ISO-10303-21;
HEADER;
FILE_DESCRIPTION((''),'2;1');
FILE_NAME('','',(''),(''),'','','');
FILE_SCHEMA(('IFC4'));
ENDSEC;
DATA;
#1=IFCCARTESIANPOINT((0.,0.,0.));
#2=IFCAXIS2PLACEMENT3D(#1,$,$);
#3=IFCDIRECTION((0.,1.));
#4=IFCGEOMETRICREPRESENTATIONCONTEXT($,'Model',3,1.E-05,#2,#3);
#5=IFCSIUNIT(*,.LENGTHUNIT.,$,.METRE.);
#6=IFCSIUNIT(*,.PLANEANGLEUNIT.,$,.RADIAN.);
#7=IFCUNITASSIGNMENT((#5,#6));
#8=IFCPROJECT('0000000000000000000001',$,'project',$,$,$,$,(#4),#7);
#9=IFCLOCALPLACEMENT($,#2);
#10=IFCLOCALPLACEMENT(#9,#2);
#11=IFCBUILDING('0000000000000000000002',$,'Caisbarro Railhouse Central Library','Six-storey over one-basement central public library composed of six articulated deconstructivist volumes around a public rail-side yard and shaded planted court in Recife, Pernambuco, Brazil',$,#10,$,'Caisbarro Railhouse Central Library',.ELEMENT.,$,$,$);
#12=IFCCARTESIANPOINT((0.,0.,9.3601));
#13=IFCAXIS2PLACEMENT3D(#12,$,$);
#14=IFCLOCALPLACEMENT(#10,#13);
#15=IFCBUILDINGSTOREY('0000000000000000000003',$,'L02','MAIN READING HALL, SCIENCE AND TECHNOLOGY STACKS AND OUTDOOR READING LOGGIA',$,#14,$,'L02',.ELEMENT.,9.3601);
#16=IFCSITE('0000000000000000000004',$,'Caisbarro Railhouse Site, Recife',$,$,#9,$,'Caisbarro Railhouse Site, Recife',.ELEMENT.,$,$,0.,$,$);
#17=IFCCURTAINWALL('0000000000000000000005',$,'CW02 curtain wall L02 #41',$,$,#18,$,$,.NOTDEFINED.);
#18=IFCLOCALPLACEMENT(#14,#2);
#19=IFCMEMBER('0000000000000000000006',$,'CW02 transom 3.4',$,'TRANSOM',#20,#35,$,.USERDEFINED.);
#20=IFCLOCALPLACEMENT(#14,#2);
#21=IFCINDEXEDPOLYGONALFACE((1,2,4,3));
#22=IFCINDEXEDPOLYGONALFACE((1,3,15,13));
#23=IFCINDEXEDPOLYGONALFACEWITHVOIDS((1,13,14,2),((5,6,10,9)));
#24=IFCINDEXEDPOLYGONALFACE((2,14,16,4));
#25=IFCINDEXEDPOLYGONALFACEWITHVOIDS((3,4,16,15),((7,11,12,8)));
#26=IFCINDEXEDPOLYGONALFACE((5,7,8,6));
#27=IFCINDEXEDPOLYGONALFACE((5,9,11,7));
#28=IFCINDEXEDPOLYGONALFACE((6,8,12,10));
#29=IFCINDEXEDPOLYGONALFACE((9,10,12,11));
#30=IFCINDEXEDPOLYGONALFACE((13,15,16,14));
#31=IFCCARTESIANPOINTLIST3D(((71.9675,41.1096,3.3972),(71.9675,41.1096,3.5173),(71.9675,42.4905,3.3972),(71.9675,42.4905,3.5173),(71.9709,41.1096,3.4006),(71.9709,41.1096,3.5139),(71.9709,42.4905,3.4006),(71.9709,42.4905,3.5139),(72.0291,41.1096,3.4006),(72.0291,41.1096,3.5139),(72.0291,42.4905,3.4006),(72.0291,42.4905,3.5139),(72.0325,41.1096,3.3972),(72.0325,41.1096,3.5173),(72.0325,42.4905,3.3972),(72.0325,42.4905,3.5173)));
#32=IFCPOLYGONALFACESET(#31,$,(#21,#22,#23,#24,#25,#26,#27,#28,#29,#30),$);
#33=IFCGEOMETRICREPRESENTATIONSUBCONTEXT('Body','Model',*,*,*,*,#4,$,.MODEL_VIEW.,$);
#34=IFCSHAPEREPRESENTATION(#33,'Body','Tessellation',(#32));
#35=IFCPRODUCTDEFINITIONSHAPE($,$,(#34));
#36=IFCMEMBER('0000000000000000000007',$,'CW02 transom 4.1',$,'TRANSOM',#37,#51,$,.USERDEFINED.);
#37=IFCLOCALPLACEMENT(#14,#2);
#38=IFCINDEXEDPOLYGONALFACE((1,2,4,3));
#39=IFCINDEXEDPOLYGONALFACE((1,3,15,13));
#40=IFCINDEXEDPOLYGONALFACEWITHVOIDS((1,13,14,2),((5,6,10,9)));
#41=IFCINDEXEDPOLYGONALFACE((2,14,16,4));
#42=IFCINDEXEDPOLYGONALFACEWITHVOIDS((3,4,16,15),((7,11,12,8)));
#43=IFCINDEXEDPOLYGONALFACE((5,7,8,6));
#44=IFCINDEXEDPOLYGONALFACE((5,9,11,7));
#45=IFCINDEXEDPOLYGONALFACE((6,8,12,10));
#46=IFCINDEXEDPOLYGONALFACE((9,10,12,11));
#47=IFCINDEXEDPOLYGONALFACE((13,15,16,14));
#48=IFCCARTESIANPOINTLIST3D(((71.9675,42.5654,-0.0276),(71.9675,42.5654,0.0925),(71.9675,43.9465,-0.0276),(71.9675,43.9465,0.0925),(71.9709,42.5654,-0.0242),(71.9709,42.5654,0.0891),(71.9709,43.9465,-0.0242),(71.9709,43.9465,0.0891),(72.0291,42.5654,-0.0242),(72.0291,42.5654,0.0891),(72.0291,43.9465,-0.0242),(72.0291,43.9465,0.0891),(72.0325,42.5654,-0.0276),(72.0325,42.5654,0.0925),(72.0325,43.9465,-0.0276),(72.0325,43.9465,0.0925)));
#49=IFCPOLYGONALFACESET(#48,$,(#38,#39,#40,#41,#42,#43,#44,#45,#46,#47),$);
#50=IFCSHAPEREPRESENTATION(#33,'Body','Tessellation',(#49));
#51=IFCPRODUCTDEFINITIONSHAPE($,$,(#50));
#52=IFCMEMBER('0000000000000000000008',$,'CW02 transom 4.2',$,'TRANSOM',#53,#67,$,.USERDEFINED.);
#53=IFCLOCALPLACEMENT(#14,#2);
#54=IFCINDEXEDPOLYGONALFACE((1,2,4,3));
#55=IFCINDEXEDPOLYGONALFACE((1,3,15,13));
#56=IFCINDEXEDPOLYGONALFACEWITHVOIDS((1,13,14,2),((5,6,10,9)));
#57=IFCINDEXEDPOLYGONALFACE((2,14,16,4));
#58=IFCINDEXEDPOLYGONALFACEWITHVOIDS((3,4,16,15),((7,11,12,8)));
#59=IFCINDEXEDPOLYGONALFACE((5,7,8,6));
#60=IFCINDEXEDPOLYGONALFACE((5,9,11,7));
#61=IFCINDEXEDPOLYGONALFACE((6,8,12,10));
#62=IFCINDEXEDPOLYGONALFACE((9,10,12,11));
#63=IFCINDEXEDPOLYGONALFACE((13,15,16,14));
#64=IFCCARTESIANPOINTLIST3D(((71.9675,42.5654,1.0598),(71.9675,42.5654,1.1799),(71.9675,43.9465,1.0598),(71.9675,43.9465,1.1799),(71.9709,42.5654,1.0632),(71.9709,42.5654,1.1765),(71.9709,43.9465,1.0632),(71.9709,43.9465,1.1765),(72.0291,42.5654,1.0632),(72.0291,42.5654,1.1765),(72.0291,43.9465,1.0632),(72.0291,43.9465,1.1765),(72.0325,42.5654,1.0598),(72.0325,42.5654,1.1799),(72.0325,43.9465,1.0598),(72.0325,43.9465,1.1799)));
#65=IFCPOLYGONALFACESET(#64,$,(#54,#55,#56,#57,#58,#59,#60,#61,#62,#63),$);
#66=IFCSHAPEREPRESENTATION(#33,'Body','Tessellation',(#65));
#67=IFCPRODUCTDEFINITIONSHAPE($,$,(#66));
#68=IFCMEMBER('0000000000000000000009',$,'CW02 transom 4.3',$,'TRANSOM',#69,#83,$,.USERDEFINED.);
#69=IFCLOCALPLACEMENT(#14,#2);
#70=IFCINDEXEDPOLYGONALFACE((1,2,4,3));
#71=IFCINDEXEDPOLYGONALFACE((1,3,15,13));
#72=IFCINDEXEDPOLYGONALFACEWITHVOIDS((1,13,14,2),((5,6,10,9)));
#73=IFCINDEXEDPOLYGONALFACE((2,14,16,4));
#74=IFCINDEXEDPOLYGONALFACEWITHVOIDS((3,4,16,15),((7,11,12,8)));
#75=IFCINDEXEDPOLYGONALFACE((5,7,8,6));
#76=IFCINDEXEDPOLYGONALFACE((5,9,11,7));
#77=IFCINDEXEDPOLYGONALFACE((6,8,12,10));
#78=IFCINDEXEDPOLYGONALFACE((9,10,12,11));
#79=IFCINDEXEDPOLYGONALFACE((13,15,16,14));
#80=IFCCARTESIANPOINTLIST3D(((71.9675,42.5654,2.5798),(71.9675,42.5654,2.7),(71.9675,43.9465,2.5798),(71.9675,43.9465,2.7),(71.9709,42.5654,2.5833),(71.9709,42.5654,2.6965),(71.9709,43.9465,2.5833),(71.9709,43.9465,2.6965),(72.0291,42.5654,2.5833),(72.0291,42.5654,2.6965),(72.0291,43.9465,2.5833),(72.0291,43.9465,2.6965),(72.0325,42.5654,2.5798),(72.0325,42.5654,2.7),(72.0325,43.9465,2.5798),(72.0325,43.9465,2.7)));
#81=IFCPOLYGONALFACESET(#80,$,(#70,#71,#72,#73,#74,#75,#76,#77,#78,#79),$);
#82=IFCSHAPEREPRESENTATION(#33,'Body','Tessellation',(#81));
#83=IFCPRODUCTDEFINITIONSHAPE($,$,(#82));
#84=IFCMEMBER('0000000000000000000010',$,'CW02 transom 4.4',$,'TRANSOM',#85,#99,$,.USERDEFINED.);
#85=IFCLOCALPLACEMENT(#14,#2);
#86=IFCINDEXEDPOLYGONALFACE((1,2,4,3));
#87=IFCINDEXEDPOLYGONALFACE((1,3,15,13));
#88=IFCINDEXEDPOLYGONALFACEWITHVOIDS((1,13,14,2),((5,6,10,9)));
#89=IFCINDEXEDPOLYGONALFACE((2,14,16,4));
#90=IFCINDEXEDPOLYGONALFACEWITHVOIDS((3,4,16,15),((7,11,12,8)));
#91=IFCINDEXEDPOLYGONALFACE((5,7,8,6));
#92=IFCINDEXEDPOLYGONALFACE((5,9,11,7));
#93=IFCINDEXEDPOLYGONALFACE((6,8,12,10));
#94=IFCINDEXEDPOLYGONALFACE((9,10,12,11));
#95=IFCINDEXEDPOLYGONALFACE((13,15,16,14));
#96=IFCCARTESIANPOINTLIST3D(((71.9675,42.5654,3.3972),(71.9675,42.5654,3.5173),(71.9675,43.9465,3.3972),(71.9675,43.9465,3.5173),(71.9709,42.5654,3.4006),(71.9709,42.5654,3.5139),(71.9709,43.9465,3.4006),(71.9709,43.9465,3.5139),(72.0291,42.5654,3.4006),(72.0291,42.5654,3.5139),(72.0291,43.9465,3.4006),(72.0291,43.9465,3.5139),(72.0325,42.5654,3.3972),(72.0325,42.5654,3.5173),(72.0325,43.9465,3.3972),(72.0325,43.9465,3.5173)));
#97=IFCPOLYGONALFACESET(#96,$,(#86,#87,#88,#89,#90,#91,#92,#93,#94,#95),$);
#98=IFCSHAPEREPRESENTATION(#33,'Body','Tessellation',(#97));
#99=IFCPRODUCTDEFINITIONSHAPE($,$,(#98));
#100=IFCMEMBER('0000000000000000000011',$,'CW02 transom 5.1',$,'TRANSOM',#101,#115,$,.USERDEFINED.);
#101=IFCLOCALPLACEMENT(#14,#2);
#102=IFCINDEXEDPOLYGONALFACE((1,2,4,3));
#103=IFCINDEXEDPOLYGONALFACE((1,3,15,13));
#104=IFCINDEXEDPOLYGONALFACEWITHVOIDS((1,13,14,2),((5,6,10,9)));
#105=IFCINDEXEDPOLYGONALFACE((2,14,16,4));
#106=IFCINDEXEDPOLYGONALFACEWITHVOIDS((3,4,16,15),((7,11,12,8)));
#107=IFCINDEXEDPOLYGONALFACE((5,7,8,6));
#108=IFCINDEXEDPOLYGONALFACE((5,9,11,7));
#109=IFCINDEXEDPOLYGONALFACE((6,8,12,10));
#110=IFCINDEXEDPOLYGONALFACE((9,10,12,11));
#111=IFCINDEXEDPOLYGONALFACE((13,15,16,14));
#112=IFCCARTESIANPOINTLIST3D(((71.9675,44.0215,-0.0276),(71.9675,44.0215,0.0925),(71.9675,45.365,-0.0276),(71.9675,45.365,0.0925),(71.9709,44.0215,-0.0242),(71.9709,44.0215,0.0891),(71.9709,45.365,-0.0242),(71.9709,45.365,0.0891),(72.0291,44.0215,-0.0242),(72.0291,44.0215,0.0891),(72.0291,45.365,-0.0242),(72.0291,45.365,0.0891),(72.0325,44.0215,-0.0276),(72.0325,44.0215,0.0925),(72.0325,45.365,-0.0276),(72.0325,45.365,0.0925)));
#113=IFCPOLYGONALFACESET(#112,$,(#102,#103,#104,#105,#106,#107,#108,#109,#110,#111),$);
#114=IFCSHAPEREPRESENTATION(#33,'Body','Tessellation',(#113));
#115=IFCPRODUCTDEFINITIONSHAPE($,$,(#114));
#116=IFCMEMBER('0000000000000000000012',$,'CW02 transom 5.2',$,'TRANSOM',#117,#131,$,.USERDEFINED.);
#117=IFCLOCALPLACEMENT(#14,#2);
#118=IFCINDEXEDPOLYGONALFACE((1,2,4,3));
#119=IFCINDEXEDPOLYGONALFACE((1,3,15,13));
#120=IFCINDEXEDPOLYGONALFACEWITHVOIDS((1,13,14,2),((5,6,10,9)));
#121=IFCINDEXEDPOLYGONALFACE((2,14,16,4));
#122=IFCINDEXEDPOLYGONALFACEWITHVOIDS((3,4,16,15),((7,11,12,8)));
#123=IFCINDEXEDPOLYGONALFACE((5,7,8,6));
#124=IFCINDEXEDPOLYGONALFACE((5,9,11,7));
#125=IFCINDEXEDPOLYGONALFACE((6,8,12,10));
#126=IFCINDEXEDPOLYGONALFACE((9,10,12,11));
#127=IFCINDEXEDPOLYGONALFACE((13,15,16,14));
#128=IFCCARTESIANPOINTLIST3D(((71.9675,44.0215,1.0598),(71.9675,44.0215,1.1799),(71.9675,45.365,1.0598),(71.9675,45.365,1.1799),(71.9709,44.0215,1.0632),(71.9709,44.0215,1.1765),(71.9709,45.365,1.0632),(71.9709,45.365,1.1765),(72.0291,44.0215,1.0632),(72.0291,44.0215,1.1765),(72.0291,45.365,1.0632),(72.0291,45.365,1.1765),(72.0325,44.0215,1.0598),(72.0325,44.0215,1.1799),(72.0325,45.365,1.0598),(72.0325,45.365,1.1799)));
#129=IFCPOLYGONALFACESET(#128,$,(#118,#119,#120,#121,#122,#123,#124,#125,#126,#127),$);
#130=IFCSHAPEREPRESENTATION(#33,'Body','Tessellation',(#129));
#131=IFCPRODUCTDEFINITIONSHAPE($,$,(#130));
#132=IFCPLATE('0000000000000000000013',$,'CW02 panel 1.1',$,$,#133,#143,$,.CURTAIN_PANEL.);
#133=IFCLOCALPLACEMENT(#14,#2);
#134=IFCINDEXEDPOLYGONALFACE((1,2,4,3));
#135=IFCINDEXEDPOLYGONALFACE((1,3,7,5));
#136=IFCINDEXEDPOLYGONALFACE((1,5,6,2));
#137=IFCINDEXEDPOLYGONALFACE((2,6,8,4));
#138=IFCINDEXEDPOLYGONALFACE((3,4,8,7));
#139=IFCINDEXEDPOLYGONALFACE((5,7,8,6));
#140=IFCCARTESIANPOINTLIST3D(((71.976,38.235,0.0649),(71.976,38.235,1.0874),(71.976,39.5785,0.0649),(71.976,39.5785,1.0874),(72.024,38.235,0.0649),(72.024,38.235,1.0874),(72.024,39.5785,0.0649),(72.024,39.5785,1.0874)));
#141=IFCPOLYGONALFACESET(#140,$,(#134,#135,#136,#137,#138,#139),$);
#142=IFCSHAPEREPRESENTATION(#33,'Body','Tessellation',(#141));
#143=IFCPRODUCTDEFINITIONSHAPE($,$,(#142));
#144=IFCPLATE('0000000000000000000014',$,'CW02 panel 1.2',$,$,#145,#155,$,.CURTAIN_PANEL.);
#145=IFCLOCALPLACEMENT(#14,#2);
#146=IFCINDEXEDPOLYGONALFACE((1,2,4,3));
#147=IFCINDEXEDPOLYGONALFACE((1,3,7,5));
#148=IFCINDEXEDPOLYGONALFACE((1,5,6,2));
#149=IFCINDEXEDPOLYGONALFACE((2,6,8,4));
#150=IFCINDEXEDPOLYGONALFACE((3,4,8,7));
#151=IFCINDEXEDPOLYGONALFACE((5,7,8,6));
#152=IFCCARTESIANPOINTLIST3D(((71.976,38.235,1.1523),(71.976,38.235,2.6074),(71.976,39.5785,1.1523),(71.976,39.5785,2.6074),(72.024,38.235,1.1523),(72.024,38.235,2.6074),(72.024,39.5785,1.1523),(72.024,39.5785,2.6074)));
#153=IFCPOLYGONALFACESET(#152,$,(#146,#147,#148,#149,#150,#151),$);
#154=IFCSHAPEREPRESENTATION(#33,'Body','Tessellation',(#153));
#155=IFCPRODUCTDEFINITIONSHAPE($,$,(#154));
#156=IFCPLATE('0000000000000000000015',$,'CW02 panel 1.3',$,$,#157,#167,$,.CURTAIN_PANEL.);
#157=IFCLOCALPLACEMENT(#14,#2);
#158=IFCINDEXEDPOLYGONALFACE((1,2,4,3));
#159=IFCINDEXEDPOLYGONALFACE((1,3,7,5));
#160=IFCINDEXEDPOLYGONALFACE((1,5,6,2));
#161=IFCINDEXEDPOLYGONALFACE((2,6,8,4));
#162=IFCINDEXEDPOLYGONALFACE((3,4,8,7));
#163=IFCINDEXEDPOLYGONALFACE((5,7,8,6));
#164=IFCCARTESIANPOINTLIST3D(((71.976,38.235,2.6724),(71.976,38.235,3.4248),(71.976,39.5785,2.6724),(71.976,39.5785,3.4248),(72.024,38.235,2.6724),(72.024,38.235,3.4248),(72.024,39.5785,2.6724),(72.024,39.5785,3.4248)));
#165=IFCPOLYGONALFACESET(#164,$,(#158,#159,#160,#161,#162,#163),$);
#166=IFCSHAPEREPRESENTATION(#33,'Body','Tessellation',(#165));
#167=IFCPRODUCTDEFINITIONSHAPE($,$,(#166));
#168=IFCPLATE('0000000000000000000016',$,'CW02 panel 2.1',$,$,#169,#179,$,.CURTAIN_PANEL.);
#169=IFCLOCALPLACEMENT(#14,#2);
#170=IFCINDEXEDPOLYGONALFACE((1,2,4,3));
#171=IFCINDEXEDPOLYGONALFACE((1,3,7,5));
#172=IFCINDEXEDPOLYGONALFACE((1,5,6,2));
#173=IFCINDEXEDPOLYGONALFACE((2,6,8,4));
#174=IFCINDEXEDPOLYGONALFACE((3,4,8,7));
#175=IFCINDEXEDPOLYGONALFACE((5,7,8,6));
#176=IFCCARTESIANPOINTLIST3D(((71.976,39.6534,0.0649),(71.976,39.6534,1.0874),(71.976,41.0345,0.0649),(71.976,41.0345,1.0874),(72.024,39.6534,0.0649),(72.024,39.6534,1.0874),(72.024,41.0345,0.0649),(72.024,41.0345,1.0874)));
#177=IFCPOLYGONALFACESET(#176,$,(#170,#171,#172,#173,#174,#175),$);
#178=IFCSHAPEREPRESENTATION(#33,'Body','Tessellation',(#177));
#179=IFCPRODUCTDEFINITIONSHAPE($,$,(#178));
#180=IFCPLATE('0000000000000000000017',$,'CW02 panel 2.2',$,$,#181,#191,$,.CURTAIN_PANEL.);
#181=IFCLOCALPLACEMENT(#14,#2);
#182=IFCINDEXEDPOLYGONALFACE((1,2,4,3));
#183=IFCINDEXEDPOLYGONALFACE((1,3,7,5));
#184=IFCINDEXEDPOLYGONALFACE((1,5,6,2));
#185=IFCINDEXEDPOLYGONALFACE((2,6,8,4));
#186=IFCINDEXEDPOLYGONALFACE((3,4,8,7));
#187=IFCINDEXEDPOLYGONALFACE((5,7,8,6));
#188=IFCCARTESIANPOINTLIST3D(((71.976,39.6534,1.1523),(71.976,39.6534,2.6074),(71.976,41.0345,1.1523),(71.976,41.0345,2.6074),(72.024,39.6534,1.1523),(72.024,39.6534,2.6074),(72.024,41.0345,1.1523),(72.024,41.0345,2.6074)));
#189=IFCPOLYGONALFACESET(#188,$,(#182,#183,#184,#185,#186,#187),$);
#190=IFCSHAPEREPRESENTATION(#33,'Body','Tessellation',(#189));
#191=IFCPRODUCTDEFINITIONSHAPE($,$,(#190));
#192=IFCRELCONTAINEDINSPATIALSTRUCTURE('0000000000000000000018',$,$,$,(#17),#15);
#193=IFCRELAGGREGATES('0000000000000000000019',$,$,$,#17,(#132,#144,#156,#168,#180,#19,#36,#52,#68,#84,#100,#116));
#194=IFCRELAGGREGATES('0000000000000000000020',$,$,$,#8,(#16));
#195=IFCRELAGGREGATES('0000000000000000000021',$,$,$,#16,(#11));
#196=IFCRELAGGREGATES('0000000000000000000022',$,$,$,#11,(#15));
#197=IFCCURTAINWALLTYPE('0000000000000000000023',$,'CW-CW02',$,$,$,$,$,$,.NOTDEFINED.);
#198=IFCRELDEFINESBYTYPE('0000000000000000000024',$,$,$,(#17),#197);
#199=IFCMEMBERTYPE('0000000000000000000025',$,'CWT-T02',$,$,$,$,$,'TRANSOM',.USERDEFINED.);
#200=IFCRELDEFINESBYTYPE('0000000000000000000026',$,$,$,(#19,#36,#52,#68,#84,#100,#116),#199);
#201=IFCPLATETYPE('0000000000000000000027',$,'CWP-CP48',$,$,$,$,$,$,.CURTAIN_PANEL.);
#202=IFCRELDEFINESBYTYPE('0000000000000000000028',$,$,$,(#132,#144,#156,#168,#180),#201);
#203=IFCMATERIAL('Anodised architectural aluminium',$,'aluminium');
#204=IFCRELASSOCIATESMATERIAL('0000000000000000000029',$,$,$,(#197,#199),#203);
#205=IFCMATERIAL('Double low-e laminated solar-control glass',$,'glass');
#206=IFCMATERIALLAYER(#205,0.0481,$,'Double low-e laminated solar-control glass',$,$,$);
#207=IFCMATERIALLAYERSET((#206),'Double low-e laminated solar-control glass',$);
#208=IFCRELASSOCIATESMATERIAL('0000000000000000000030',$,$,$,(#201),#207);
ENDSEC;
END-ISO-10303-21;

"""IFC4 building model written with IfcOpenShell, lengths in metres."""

from ifc_helpers import new_model, si_unit, direction, frame, origin, origin_2d, place, context, subcontext, project, spatial, rectangle, hollow_rectangle, extrude, material, layer, layer_set, material_profile, profile_set, type_object, element, aggregate, save


model = new_model("IFC4")

# Units and contexts
model_context = context("Model", 3, precision=1e-05, world=origin(), true_north=direction((0.0, 1.0)))
body_context = subcontext(model_context, "Body", "Model", "MODEL_VIEW")
ifc_project = project(units=[si_unit("LENGTHUNIT", "METRE"), si_unit("PLANEANGLEUNIT", "RADIAN")], contexts=[model_context])

# Site, building, storey
site_placement = place(None, origin())
site = spatial("IfcSite", under=ifc_project, at=site_placement, Name="Caisbarro Railhouse Site, Recife", LongName="Caisbarro Railhouse Site, Recife", CompositionType="ELEMENT", RefElevation=0.0)
building_placement = place(site_placement, origin())
building = spatial("IfcBuilding", under=site, at=building_placement, Name="Caisbarro Railhouse Central Library", Description="Six-storey over one-basement central public library composed of six articulated deconstructivist volumes around a public rail-side yard and shaded planted court in Recife, Pernambuco, Brazil", LongName="Caisbarro Railhouse Central Library", CompositionType="ELEMENT")
storey_placement = place(building_placement, frame((0.0, 0.0, 9.3601)))
storey = spatial("IfcBuildingStorey", under=building, at=storey_placement, Name="L02", Description="MAIN READING HALL, SCIENCE AND TECHNOLOGY STACKS AND OUTDOOR READING LOGGIA", LongName="L02", CompositionType="ELEMENT", Elevation=9.3601)

# Curtain wall, members, plates
ifc_material_1 = material(Name="Anodised architectural aluminium", Category="aluminium")
curtain_wall_type = type_object("IfcCurtainWallType", Name="CW-CW02", PredefinedType="NOTDEFINED", material=ifc_material_1)
curtain_wall_placement = place(storey_placement, origin())
curtain_wall = element("IfcCurtainWall", 1, at=curtain_wall_placement, inside=storey, type_object=curtain_wall_type, Name="CW02 curtain wall L02 #41", PredefinedType="NOTDEFINED")
ifc_material_profile_1 = material_profile(ifc_material_1, hollow_rectangle(XDim=0.0649, YDim=0.1201, WallThickness=0.0034, at=origin_2d()), Name="ALU-TRN-65X120")
ifc_profile_set_1 = profile_set([ifc_material_profile_1], Name="Anodised architectural aluminium")
member_type_1 = type_object("IfcMemberType", Name="CWT-T02", ElementType="TRANSOM", PredefinedType="USERDEFINED", material=ifc_profile_set_1)
member_1_placement = place(storey_placement, frame((72.0, 41.1096, 3.4573), z_axis=(0.0, 1.0, 0.0), x_axis=(-1.0, 0.0, 0.0)))
member_1 = element("IfcMember", 2, at=member_1_placement, type_object=member_type_1, Name="CW02 transom 3.4", ObjectType="TRANSOM", PredefinedType="USERDEFINED", context=body_context, shape_type="SweptSolid", body=[
    extrude(hollow_rectangle(XDim=0.0649, YDim=0.1201, WallThickness=0.0034, at=origin_2d()), origin(), (0.0, 0.0, 1.0), 1.3809),
])
member_2_placement = place(storey_placement, frame((72.0, 42.5654, 0.0325), z_axis=(0.0, 1.0, 0.0), x_axis=(-1.0, 0.0, 0.0)))
member_2 = element("IfcMember", 3, at=member_2_placement, type_object=member_type_1, Name="CW02 transom 4.1", ObjectType="TRANSOM", PredefinedType="USERDEFINED", context=body_context, shape_type="SweptSolid", body=[
    extrude(hollow_rectangle(XDim=0.0649, YDim=0.1201, WallThickness=0.0034, at=origin_2d()), origin(), (0.0, 0.0, 1.0), 1.3811),
])
member_3_placement = place(storey_placement, frame((72.0, 42.5654, 1.1199), z_axis=(0.0, 1.0, 0.0), x_axis=(-1.0, 0.0, 0.0)))
member_3 = element("IfcMember", 4, at=member_3_placement, type_object=member_type_1, Name="CW02 transom 4.2", ObjectType="TRANSOM", PredefinedType="USERDEFINED", context=body_context, shape_type="SweptSolid", body=[
    extrude(hollow_rectangle(XDim=0.0649, YDim=0.1201, WallThickness=0.0034, at=origin_2d()), origin(), (0.0, 0.0, 1.0), 1.3811),
])
member_4_placement = place(storey_placement, frame((72.0, 42.5654, 2.6399), z_axis=(0.0, 1.0, 0.0), x_axis=(-1.0, 0.0, 0.0)))
member_4 = element("IfcMember", 5, at=member_4_placement, type_object=member_type_1, Name="CW02 transom 4.3", ObjectType="TRANSOM", PredefinedType="USERDEFINED", context=body_context, shape_type="SweptSolid", body=[
    extrude(hollow_rectangle(XDim=0.0649, YDim=0.1201, WallThickness=0.0034, at=origin_2d()), origin(), (0.0, 0.0, 1.0), 1.3811),
])
member_5_placement = place(storey_placement, frame((72.0, 42.5654, 3.4573), z_axis=(0.0, 1.0, 0.0), x_axis=(-1.0, 0.0, 0.0)))
member_5 = element("IfcMember", 6, at=member_5_placement, type_object=member_type_1, Name="CW02 transom 4.4", ObjectType="TRANSOM", PredefinedType="USERDEFINED", context=body_context, shape_type="SweptSolid", body=[
    extrude(hollow_rectangle(XDim=0.0649, YDim=0.1201, WallThickness=0.0034, at=origin_2d()), origin(), (0.0, 0.0, 1.0), 1.3811),
])
member_6_placement = place(storey_placement, frame((72.0, 44.0215, 0.0325), z_axis=(0.0, 1.0, 0.0), x_axis=(-1.0, 0.0, 0.0)))
member_6 = element("IfcMember", 7, at=member_6_placement, type_object=member_type_1, Name="CW02 transom 5.1", ObjectType="TRANSOM", PredefinedType="USERDEFINED", context=body_context, shape_type="SweptSolid", body=[
    extrude(hollow_rectangle(XDim=0.0649, YDim=0.1201, WallThickness=0.0034, at=origin_2d()), origin(), (0.0, 0.0, 1.0), 1.3435),
])
member_7_placement = place(storey_placement, frame((72.0, 44.0215, 1.1199), z_axis=(0.0, 1.0, 0.0), x_axis=(-1.0, 0.0, 0.0)))
member_7 = element("IfcMember", 8, at=member_7_placement, type_object=member_type_1, Name="CW02 transom 5.2", ObjectType="TRANSOM", PredefinedType="USERDEFINED", context=body_context, shape_type="SweptSolid", body=[
    extrude(hollow_rectangle(XDim=0.0649, YDim=0.1201, WallThickness=0.0034, at=origin_2d()), origin(), (0.0, 0.0, 1.0), 1.3435),
])
ifc_material_2 = material(Name="Double low-e laminated solar-control glass", Category="glass")
ifc_layer = layer(ifc_material_2, 0.0481, Name="Double low-e laminated solar-control glass")
ifc_layer_set = layer_set([ifc_layer], Name="Double low-e laminated solar-control glass")
plate_type = type_object("IfcPlateType", Name="CWP-CP48", PredefinedType="CURTAIN_PANEL", material=ifc_layer_set)
plate_1_placement = place(storey_placement, frame((72.0, 38.9067, 0.0649), z_axis=(0.0, 0.0, 1.0), x_axis=(0.0, 1.0, 0.0)))
plate_1 = element("IfcPlate", 9, at=plate_1_placement, type_object=plate_type, Name="CW02 panel 1.1", PredefinedType="CURTAIN_PANEL", context=body_context, shape_type="SweptSolid", body=[
    extrude(rectangle(XDim=1.3435, YDim=0.0481, at=origin_2d()), origin(), (0.0, 0.0, 1.0), 1.0225),
])
plate_2_placement = place(storey_placement, frame((72.0, 38.9067, 1.1523), z_axis=(0.0, 0.0, 1.0), x_axis=(0.0, 1.0, 0.0)))
plate_2 = element("IfcPlate", 10, at=plate_2_placement, type_object=plate_type, Name="CW02 panel 1.2", PredefinedType="CURTAIN_PANEL", context=body_context, shape_type="SweptSolid", body=[
    extrude(rectangle(XDim=1.3435, YDim=0.0481, at=origin_2d()), origin(), (0.0, 0.0, 1.0), 1.4551),
])
plate_3_placement = place(storey_placement, frame((72.0, 38.9067, 2.6724), z_axis=(0.0, 0.0, 1.0), x_axis=(0.0, 1.0, 0.0)))
plate_3 = element("IfcPlate", 11, at=plate_3_placement, type_object=plate_type, Name="CW02 panel 1.3", PredefinedType="CURTAIN_PANEL", context=body_context, shape_type="SweptSolid", body=[
    extrude(rectangle(XDim=1.3435, YDim=0.0481, at=origin_2d()), origin(), (0.0, 0.0, 1.0), 0.7524),
])
plate_4_placement = place(storey_placement, frame((72.0, 40.344, 0.0649), z_axis=(0.0, 0.0, 1.0), x_axis=(0.0, 1.0, 0.0)))
plate_4 = element("IfcPlate", 12, at=plate_4_placement, type_object=plate_type, Name="CW02 panel 2.1", PredefinedType="CURTAIN_PANEL", context=body_context, shape_type="SweptSolid", body=[
    extrude(rectangle(XDim=1.3811, YDim=0.0481, at=origin_2d()), origin(), (0.0, 0.0, 1.0), 1.0225),
])
plate_5_placement = place(storey_placement, frame((72.0, 40.344, 1.1523), z_axis=(0.0, 0.0, 1.0), x_axis=(0.0, 1.0, 0.0)))
plate_5 = element("IfcPlate", 13, at=plate_5_placement, type_object=plate_type, Name="CW02 panel 2.2", PredefinedType="CURTAIN_PANEL", context=body_context, shape_type="SweptSolid", body=[
    extrude(rectangle(XDim=1.3811, YDim=0.0481, at=origin_2d()), origin(), (0.0, 0.0, 1.0), 1.4551),
])
aggregate(curtain_wall, [plate_1, plate_2, plate_3, plate_4, plate_5, member_1, member_2, member_3, member_4, member_5, member_6, member_7])

save(model, "model.ifc")
